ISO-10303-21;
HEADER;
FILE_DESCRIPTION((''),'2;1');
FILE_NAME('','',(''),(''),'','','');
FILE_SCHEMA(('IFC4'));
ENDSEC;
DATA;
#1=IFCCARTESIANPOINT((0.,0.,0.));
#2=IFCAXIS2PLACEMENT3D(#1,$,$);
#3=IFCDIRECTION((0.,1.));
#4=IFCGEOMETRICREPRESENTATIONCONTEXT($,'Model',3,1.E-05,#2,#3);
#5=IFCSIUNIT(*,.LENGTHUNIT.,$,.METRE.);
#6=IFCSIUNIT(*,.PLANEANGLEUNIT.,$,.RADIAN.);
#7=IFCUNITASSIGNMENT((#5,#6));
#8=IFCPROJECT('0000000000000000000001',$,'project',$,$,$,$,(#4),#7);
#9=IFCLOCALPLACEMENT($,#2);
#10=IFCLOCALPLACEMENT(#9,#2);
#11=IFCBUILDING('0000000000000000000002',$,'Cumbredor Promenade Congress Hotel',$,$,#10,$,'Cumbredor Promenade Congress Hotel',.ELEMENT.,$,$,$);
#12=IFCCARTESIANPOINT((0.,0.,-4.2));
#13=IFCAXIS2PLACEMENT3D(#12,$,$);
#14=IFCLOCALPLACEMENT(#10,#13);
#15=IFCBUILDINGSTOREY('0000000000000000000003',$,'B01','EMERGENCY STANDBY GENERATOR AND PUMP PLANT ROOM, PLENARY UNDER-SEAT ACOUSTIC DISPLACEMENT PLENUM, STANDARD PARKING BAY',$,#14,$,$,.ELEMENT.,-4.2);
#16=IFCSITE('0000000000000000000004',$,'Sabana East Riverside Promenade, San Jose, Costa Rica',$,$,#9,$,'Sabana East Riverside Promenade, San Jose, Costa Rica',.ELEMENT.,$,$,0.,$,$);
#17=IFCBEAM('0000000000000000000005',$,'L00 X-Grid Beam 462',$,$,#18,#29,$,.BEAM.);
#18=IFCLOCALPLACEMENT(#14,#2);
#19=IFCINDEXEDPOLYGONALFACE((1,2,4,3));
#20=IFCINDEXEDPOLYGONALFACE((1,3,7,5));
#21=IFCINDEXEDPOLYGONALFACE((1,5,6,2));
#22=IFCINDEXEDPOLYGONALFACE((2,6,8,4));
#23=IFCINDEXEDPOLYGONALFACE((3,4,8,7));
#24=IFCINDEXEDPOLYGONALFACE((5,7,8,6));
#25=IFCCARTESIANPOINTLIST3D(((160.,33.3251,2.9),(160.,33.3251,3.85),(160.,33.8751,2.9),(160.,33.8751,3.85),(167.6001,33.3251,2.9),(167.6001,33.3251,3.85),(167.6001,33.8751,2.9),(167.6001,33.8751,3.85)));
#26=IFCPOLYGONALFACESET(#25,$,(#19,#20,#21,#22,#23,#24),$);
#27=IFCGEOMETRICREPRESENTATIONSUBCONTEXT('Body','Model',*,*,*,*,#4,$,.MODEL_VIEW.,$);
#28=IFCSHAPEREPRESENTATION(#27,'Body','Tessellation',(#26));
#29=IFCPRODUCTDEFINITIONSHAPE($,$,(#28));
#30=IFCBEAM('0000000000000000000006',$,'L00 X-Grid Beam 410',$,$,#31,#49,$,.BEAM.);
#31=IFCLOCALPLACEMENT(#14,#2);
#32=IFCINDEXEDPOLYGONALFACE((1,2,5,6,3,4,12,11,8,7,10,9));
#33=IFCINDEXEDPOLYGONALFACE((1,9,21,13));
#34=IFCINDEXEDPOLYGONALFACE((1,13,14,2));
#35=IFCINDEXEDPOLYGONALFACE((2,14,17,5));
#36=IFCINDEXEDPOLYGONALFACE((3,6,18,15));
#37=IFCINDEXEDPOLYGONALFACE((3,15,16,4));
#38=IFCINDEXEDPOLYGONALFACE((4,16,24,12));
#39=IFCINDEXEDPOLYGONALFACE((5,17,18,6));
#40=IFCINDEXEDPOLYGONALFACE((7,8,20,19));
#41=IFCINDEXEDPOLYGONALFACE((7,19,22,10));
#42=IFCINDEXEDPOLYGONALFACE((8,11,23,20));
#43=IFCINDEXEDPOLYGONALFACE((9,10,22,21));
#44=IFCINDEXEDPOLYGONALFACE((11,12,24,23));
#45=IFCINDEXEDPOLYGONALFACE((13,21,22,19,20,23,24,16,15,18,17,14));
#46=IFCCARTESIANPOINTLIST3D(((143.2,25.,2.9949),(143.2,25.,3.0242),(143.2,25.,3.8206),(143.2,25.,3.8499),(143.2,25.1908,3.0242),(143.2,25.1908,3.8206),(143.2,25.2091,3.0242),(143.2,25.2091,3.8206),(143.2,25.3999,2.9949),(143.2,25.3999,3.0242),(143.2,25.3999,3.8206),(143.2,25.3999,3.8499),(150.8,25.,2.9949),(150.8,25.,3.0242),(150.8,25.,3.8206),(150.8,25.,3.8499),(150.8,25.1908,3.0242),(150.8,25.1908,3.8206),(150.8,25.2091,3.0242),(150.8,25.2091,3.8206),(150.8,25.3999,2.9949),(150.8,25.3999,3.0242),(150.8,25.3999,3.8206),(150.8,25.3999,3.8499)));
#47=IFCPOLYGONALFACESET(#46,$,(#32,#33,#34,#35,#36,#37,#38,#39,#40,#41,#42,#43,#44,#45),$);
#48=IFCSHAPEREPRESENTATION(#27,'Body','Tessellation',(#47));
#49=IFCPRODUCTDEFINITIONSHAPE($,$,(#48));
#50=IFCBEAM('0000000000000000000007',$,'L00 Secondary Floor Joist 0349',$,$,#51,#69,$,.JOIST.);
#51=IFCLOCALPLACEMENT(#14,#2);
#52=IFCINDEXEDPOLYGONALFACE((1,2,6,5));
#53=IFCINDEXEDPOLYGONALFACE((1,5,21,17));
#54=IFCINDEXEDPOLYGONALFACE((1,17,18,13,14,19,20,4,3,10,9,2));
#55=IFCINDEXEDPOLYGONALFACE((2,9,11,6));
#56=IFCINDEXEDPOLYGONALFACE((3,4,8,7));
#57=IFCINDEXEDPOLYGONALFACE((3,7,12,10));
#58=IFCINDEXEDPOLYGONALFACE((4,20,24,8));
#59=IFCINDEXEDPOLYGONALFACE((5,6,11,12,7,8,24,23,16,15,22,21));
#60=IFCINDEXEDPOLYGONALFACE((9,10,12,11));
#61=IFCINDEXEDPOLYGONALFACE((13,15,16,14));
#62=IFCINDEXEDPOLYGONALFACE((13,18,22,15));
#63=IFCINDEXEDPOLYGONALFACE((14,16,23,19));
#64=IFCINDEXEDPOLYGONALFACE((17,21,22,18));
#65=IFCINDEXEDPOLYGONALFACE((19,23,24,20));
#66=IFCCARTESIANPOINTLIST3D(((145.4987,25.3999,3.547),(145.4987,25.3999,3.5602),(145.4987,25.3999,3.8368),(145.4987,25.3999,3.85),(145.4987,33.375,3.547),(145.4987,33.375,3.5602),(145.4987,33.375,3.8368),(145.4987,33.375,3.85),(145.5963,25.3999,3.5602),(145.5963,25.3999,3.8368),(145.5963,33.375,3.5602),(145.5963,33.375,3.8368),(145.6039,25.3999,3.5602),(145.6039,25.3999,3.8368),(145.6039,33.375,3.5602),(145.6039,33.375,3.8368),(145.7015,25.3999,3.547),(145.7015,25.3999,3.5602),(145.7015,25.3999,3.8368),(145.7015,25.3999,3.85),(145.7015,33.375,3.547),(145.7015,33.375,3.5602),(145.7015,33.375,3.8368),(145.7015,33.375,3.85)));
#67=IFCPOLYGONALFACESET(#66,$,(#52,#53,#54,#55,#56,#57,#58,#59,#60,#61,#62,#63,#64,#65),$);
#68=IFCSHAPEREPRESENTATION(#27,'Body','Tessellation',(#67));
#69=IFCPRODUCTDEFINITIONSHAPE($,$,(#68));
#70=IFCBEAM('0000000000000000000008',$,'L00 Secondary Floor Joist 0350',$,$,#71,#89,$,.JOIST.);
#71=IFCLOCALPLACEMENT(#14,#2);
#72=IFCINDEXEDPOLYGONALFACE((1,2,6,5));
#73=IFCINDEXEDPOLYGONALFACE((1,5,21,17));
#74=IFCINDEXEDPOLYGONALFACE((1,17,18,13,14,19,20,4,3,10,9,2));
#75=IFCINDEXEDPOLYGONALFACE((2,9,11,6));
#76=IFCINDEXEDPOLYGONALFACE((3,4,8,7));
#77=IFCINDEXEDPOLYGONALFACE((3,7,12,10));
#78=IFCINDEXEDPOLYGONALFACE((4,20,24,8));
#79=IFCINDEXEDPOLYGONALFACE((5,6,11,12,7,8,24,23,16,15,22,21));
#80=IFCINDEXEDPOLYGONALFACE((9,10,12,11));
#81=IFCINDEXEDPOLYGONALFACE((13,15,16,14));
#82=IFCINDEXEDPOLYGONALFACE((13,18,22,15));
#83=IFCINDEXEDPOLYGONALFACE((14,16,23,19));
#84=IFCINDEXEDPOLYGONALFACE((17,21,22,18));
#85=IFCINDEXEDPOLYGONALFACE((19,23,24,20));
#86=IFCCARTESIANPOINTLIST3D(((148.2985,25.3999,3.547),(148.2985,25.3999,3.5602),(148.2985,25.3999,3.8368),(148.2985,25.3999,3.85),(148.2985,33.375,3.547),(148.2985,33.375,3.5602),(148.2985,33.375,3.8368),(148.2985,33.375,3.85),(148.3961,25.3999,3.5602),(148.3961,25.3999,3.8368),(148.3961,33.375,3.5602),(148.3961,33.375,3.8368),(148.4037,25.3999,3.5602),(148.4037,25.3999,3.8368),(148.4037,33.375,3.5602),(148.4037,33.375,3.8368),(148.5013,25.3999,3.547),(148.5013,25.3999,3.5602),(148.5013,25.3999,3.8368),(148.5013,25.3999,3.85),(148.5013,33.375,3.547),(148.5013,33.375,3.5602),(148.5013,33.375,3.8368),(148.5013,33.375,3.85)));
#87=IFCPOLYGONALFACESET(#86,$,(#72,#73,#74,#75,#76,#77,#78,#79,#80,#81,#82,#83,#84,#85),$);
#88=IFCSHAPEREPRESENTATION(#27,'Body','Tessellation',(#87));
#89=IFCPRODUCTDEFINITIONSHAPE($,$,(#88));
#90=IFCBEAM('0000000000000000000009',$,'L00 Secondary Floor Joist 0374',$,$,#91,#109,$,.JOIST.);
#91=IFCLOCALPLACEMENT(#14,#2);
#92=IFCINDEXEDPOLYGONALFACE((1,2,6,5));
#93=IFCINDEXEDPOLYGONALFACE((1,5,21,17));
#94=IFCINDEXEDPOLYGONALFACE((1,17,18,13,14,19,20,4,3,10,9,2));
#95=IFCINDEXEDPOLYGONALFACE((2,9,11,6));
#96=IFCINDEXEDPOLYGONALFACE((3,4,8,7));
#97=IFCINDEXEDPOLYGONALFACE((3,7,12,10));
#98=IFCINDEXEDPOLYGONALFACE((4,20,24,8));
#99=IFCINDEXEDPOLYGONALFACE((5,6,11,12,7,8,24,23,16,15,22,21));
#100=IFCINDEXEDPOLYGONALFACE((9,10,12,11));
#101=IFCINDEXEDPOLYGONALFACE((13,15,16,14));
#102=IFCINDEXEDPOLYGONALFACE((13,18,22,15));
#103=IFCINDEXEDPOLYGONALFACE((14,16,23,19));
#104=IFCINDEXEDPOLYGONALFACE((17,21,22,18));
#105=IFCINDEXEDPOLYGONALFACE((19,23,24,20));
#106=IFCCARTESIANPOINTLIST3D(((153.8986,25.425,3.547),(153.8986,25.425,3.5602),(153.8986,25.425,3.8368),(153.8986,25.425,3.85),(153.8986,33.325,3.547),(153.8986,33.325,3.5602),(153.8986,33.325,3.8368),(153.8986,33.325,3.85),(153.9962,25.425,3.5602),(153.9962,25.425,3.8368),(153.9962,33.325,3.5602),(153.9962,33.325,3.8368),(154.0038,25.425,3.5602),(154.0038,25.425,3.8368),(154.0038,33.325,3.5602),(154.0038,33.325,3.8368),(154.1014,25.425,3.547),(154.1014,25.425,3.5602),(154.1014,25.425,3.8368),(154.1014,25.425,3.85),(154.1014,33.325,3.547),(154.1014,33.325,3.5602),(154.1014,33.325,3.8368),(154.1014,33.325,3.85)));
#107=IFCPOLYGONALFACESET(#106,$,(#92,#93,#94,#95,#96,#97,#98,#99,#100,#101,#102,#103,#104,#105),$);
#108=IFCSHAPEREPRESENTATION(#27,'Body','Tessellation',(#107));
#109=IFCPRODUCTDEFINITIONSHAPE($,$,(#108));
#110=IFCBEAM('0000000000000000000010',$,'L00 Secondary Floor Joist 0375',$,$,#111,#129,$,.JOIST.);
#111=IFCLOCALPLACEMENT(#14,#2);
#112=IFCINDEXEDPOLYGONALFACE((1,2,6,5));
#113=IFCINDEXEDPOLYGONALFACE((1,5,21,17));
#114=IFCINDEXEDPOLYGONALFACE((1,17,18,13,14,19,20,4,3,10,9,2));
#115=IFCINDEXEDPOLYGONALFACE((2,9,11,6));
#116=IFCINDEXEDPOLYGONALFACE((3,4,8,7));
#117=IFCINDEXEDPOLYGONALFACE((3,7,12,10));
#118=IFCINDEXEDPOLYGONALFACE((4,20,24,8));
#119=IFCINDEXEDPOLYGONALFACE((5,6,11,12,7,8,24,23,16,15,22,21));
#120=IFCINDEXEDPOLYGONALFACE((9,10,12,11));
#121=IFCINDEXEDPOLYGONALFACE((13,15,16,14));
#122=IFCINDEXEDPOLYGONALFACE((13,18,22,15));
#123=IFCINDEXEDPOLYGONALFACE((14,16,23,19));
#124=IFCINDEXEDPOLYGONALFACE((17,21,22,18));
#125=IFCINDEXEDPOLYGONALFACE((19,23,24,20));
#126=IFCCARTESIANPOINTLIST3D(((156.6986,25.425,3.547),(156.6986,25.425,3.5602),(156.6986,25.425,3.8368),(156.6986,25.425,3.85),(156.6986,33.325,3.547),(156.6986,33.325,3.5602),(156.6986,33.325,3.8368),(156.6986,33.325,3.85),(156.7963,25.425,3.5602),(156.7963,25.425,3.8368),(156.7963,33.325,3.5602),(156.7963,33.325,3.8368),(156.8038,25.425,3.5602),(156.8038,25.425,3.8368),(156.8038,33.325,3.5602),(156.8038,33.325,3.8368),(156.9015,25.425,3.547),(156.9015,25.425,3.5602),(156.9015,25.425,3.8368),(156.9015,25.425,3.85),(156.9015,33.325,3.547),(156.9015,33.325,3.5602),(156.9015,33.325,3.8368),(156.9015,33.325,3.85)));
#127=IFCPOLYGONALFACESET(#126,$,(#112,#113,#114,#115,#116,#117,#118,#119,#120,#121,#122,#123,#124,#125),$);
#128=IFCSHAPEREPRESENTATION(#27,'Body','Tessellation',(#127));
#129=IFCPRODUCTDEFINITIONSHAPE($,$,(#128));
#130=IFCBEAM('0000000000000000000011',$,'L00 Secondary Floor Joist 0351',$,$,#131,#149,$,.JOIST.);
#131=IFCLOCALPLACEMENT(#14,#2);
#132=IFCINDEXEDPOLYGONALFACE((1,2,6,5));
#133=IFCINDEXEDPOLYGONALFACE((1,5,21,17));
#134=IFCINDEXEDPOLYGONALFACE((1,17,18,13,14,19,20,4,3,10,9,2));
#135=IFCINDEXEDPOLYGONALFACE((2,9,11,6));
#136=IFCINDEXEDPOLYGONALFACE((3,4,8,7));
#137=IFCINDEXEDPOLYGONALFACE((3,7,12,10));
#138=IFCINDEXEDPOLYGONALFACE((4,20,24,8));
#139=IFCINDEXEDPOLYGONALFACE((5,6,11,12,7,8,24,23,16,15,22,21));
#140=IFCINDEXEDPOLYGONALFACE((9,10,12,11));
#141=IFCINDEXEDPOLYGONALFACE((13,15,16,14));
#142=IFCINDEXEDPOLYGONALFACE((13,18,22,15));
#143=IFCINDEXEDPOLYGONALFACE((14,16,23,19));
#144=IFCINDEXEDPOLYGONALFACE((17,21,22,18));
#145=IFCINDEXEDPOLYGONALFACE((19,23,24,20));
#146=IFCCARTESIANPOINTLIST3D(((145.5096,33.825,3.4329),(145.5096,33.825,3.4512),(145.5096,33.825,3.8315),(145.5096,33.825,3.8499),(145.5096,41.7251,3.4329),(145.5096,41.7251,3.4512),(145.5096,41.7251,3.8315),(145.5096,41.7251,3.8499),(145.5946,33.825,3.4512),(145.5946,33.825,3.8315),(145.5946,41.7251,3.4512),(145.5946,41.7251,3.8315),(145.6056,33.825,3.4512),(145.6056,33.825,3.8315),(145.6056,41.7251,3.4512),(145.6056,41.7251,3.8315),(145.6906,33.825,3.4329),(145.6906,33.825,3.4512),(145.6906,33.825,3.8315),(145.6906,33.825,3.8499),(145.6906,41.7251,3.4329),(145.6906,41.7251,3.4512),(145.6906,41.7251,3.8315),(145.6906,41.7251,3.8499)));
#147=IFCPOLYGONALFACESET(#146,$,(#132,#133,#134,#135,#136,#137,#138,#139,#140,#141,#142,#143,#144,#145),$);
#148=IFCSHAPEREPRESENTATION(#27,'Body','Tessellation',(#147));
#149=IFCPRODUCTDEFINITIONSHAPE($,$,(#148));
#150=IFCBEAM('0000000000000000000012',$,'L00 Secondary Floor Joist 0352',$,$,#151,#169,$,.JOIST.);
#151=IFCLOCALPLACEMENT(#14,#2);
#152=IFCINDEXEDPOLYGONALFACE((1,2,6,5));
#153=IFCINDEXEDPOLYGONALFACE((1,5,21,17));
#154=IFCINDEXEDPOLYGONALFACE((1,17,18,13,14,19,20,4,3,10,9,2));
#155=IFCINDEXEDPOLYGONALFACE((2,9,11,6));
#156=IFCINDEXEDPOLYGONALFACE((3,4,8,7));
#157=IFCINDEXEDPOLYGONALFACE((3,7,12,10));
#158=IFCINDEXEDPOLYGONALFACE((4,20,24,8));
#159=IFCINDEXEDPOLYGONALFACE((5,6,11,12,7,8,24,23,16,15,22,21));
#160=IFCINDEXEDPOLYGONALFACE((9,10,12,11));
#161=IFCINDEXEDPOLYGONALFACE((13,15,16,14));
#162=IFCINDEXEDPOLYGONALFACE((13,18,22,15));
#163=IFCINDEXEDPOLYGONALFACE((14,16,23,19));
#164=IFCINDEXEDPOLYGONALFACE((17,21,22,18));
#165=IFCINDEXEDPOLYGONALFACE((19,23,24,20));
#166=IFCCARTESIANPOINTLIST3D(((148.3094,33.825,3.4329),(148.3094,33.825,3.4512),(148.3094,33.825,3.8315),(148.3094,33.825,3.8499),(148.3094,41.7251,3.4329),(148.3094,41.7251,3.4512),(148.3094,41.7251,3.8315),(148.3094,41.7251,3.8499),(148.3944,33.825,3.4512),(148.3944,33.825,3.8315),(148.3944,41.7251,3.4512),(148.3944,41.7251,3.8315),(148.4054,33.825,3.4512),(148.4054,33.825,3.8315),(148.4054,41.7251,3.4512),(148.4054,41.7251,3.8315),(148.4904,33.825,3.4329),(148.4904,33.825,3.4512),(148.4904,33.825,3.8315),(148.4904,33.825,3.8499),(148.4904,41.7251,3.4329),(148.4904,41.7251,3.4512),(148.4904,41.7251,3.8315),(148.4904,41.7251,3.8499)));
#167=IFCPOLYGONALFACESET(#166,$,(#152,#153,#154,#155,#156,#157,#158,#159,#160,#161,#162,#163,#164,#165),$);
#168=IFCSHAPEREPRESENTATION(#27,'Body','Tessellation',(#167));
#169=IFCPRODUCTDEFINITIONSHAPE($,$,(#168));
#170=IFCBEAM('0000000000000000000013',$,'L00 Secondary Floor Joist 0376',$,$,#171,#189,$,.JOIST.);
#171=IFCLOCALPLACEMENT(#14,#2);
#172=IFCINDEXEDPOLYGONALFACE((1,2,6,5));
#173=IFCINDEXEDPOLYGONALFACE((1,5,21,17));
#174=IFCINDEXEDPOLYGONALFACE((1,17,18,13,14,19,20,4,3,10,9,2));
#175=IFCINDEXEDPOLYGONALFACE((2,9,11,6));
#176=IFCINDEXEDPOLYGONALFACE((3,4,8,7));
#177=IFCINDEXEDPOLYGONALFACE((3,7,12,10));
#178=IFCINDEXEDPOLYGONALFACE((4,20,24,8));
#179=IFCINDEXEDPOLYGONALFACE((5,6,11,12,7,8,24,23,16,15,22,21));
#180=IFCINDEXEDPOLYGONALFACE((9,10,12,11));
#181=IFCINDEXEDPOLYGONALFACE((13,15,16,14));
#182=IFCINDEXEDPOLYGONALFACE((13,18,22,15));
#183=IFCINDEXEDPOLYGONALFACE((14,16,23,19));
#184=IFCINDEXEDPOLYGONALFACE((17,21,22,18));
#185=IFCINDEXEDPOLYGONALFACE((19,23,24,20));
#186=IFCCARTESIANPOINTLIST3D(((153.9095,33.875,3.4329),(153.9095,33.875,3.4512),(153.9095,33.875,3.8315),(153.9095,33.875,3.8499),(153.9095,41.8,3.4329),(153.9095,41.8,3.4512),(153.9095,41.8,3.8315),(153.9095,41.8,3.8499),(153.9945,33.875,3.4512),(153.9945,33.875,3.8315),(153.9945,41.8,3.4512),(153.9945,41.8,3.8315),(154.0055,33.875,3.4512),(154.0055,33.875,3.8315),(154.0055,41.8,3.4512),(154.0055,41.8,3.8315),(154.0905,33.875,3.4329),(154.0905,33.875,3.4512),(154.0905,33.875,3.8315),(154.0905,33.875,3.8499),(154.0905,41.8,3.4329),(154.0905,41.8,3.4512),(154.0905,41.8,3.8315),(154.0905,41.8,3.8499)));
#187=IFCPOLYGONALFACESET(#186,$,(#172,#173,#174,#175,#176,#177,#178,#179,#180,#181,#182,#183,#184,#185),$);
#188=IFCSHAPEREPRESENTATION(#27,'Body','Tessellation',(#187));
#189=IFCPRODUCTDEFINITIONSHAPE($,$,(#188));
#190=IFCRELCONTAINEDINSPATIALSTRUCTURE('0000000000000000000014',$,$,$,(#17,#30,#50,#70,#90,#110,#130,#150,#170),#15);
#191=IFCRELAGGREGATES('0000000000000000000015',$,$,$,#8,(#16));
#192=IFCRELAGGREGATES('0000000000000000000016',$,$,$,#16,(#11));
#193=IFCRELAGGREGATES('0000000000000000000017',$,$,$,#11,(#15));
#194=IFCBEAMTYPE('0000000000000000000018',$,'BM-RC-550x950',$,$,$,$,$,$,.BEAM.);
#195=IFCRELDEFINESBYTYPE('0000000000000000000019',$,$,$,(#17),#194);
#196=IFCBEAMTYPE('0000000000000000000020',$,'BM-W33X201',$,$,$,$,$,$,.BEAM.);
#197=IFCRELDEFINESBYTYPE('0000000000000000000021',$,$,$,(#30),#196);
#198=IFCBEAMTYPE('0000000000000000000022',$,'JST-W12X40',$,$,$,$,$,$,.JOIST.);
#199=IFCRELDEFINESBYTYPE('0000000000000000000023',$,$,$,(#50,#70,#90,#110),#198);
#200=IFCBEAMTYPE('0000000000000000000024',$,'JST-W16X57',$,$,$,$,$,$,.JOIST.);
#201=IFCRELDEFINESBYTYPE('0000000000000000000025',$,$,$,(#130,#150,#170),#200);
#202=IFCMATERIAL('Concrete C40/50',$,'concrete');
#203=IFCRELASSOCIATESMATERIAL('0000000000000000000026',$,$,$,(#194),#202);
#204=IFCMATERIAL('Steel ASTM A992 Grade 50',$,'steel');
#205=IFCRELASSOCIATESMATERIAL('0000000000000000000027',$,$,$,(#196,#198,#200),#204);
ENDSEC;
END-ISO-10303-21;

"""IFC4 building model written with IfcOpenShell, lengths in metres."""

from ifc_helpers import new_model, si_unit, direction, frame, origin, origin_2d, place, context, subcontext, project, spatial, rectangle, i_section, extrude, material, material_profile, profile_set, type_object, element, save


model = new_model("IFC4")

# Units and contexts
model_context = context("Model", 3, precision=1e-05, world=origin(), true_north=direction((0.0, 1.0)))
body_context = subcontext(model_context, "Body", "Model", "MODEL_VIEW")
ifc_project = project(units=[si_unit("LENGTHUNIT", "METRE"), si_unit("PLANEANGLEUNIT", "RADIAN")], contexts=[model_context])

# Site, building, storey
site_placement = place(None, origin())
site = spatial("IfcSite", under=ifc_project, at=site_placement, Name="Sabana East Riverside Promenade, San Jose, Costa Rica", LongName="Sabana East Riverside Promenade, San Jose, Costa Rica", CompositionType="ELEMENT", RefElevation=0.0)
building_placement = place(site_placement, origin())
building = spatial("IfcBuilding", under=site, at=building_placement, Name="Cumbredor Promenade Congress Hotel", LongName="Cumbredor Promenade Congress Hotel", CompositionType="ELEMENT")
storey_placement = place(building_placement, frame((0.0, 0.0, -4.2)))
storey = spatial("IfcBuildingStorey", under=building, at=storey_placement, Name="B01", Description="EMERGENCY STANDBY GENERATOR AND PUMP PLANT ROOM, PLENARY UNDER-SEAT ACOUSTIC DISPLACEMENT PLENUM, STANDARD PARKING BAY", CompositionType="ELEMENT", Elevation=-4.2)

# Beams
ifc_material_1 = material(Name="Concrete C40/50", Category="concrete")
ifc_material_profile_1 = material_profile(ifc_material_1, rectangle(XDim=0.55, YDim=0.95, at=origin_2d()), Name="RC BEAM 550x950")
ifc_profile_set_1 = profile_set([ifc_material_profile_1], Name="Concrete C40/50")
beam_type_1 = type_object("IfcBeamType", Name="BM-RC-550x950", PredefinedType="BEAM", material=ifc_profile_set_1)
beam_1_placement = place(storey_placement, frame((160.0, 33.6001, 3.375), z_axis=(1.0, 0.0, 0.0), x_axis=(0.0, 1.0, 0.0)))
element("IfcBeam", 1, at=beam_1_placement, inside=storey, type_object=beam_type_1, Name="L00 X-Grid Beam 462", PredefinedType="BEAM", context=body_context, shape_type="SweptSolid", body=[
    extrude(rectangle(XDim=0.55, YDim=0.95, at=origin_2d()), origin(), (0.0, 0.0, 1.0), 7.6001),
])
ifc_material_2 = material(Name="Steel ASTM A992 Grade 50", Category="steel")
ifc_material_profile_2 = material_profile(ifc_material_2, i_section(OverallWidth=0.3999, OverallDepth=0.855, WebThickness=0.0183, FlangeThickness=0.0293, at=origin_2d()), Name="W33X201")
ifc_profile_set_2 = profile_set([ifc_material_profile_2], Name="Steel ASTM A992 Grade 50")
beam_type_2 = type_object("IfcBeamType", Name="BM-W33X201", PredefinedType="BEAM", material=ifc_profile_set_2)
beam_2_placement = place(storey_placement, frame((143.2, 25.2, 3.4224), z_axis=(1.0, 0.0, 0.0), x_axis=(0.0, 1.0, 0.0)))
element("IfcBeam", 2, at=beam_2_placement, inside=storey, type_object=beam_type_2, Name="L00 X-Grid Beam 410", PredefinedType="BEAM", context=body_context, shape_type="SweptSolid", body=[
    extrude(i_section(OverallWidth=0.3999, OverallDepth=0.855, WebThickness=0.0183, FlangeThickness=0.0293, at=origin_2d()), origin(), (0.0, 0.0, 1.0), 7.6001),
])
ifc_material_profile_3 = material_profile(ifc_material_2, i_section(OverallWidth=0.2029, OverallDepth=0.303, WebThickness=0.0076, FlangeThickness=0.0132, at=origin_2d()), Name="W12X40")
ifc_profile_set_3 = profile_set([ifc_material_profile_3], Name="Steel ASTM A992 Grade 50")
beam_type_3 = type_object("IfcBeamType", Name="JST-W12X40", PredefinedType="JOIST", material=ifc_profile_set_3)
for number, where, z_axis, x_axis, name in (
    (3, (145.6001, 25.3999, 3.6985), (0.0, 1.0, 0.0), (-1.0, 0.0, 0.0), "L00 Secondary Floor Joist 0349"),
    (4, (148.3999, 25.3999, 3.6985), (0.0, 1.0, 0.0), (-1.0, 0.0, 0.0), "L00 Secondary Floor Joist 0350"),
):
    element("IfcBeam", number, at=place(storey_placement, frame(where, z_axis=z_axis, x_axis=x_axis)), inside=storey, type_object=beam_type_3, Name=name, PredefinedType="JOIST", context=body_context, shape_type="SweptSolid", body=[
        extrude(i_section(OverallWidth=0.2029, OverallDepth=0.303, WebThickness=0.0076, FlangeThickness=0.0132, at=origin_2d()), origin(), (0.0, 0.0, 1.0), 7.9751),
    ])
for number, where, z_axis, x_axis, name in (
    (5, (154.0, 25.425, 3.6985), (0.0, 1.0, 0.0), (-1.0, 0.0, 0.0), "L00 Secondary Floor Joist 0374"),
    (6, (156.8, 25.425, 3.6985), (0.0, 1.0, 0.0), (-1.0, 0.0, 0.0), "L00 Secondary Floor Joist 0375"),
):
    element("IfcBeam", number, at=place(storey_placement, frame(where, z_axis=z_axis, x_axis=x_axis)), inside=storey, type_object=beam_type_3, Name=name, PredefinedType="JOIST", context=body_context, shape_type="SweptSolid", body=[
        extrude(i_section(OverallWidth=0.2029, OverallDepth=0.303, WebThickness=0.0076, FlangeThickness=0.0132, at=origin_2d()), origin(), (0.0, 0.0, 1.0), 7.8999),
    ])
ifc_material_profile_4 = material_profile(ifc_material_2, i_section(OverallWidth=0.1809, OverallDepth=0.417, WebThickness=0.011, FlangeThickness=0.0183, at=origin_2d()), Name="W16X57")
ifc_profile_set_4 = profile_set([ifc_material_profile_4], Name="Steel ASTM A992 Grade 50")
beam_type_4 = type_object("IfcBeamType", Name="JST-W16X57", PredefinedType="JOIST", material=ifc_profile_set_4)
for number, where, z_axis, x_axis, name in (
    (7, (145.6001, 33.825, 3.6414), (0.0, 1.0, 0.0), (-1.0, 0.0, 0.0), "L00 Secondary Floor Joist 0351"),
    (8, (148.3999, 33.825, 3.6414), (0.0, 1.0, 0.0), (-1.0, 0.0, 0.0), "L00 Secondary Floor Joist 0352"),
):
    element("IfcBeam", number, at=place(storey_placement, frame(where, z_axis=z_axis, x_axis=x_axis)), inside=storey, type_object=beam_type_4, Name=name, PredefinedType="JOIST", context=body_context, shape_type="SweptSolid", body=[
        extrude(i_section(OverallWidth=0.1809, OverallDepth=0.417, WebThickness=0.011, FlangeThickness=0.0183, at=origin_2d()), origin(), (0.0, 0.0, 1.0), 7.9001),
    ])
for number, where, z_axis, x_axis, name in (
    (9, (154.0, 33.875, 3.6414), (0.0, 1.0, 0.0), (-1.0, 0.0, 0.0), "L00 Secondary Floor Joist 0376"),
):
    element("IfcBeam", number, at=place(storey_placement, frame(where, z_axis=z_axis, x_axis=x_axis)), inside=storey, type_object=beam_type_4, Name=name, PredefinedType="JOIST", context=body_context, shape_type="SweptSolid", body=[
        extrude(i_section(OverallWidth=0.1809, OverallDepth=0.417, WebThickness=0.011, FlangeThickness=0.0183, at=origin_2d()), origin(), (0.0, 0.0, 1.0), 7.925),
    ])

save(model, "model.ifc")
